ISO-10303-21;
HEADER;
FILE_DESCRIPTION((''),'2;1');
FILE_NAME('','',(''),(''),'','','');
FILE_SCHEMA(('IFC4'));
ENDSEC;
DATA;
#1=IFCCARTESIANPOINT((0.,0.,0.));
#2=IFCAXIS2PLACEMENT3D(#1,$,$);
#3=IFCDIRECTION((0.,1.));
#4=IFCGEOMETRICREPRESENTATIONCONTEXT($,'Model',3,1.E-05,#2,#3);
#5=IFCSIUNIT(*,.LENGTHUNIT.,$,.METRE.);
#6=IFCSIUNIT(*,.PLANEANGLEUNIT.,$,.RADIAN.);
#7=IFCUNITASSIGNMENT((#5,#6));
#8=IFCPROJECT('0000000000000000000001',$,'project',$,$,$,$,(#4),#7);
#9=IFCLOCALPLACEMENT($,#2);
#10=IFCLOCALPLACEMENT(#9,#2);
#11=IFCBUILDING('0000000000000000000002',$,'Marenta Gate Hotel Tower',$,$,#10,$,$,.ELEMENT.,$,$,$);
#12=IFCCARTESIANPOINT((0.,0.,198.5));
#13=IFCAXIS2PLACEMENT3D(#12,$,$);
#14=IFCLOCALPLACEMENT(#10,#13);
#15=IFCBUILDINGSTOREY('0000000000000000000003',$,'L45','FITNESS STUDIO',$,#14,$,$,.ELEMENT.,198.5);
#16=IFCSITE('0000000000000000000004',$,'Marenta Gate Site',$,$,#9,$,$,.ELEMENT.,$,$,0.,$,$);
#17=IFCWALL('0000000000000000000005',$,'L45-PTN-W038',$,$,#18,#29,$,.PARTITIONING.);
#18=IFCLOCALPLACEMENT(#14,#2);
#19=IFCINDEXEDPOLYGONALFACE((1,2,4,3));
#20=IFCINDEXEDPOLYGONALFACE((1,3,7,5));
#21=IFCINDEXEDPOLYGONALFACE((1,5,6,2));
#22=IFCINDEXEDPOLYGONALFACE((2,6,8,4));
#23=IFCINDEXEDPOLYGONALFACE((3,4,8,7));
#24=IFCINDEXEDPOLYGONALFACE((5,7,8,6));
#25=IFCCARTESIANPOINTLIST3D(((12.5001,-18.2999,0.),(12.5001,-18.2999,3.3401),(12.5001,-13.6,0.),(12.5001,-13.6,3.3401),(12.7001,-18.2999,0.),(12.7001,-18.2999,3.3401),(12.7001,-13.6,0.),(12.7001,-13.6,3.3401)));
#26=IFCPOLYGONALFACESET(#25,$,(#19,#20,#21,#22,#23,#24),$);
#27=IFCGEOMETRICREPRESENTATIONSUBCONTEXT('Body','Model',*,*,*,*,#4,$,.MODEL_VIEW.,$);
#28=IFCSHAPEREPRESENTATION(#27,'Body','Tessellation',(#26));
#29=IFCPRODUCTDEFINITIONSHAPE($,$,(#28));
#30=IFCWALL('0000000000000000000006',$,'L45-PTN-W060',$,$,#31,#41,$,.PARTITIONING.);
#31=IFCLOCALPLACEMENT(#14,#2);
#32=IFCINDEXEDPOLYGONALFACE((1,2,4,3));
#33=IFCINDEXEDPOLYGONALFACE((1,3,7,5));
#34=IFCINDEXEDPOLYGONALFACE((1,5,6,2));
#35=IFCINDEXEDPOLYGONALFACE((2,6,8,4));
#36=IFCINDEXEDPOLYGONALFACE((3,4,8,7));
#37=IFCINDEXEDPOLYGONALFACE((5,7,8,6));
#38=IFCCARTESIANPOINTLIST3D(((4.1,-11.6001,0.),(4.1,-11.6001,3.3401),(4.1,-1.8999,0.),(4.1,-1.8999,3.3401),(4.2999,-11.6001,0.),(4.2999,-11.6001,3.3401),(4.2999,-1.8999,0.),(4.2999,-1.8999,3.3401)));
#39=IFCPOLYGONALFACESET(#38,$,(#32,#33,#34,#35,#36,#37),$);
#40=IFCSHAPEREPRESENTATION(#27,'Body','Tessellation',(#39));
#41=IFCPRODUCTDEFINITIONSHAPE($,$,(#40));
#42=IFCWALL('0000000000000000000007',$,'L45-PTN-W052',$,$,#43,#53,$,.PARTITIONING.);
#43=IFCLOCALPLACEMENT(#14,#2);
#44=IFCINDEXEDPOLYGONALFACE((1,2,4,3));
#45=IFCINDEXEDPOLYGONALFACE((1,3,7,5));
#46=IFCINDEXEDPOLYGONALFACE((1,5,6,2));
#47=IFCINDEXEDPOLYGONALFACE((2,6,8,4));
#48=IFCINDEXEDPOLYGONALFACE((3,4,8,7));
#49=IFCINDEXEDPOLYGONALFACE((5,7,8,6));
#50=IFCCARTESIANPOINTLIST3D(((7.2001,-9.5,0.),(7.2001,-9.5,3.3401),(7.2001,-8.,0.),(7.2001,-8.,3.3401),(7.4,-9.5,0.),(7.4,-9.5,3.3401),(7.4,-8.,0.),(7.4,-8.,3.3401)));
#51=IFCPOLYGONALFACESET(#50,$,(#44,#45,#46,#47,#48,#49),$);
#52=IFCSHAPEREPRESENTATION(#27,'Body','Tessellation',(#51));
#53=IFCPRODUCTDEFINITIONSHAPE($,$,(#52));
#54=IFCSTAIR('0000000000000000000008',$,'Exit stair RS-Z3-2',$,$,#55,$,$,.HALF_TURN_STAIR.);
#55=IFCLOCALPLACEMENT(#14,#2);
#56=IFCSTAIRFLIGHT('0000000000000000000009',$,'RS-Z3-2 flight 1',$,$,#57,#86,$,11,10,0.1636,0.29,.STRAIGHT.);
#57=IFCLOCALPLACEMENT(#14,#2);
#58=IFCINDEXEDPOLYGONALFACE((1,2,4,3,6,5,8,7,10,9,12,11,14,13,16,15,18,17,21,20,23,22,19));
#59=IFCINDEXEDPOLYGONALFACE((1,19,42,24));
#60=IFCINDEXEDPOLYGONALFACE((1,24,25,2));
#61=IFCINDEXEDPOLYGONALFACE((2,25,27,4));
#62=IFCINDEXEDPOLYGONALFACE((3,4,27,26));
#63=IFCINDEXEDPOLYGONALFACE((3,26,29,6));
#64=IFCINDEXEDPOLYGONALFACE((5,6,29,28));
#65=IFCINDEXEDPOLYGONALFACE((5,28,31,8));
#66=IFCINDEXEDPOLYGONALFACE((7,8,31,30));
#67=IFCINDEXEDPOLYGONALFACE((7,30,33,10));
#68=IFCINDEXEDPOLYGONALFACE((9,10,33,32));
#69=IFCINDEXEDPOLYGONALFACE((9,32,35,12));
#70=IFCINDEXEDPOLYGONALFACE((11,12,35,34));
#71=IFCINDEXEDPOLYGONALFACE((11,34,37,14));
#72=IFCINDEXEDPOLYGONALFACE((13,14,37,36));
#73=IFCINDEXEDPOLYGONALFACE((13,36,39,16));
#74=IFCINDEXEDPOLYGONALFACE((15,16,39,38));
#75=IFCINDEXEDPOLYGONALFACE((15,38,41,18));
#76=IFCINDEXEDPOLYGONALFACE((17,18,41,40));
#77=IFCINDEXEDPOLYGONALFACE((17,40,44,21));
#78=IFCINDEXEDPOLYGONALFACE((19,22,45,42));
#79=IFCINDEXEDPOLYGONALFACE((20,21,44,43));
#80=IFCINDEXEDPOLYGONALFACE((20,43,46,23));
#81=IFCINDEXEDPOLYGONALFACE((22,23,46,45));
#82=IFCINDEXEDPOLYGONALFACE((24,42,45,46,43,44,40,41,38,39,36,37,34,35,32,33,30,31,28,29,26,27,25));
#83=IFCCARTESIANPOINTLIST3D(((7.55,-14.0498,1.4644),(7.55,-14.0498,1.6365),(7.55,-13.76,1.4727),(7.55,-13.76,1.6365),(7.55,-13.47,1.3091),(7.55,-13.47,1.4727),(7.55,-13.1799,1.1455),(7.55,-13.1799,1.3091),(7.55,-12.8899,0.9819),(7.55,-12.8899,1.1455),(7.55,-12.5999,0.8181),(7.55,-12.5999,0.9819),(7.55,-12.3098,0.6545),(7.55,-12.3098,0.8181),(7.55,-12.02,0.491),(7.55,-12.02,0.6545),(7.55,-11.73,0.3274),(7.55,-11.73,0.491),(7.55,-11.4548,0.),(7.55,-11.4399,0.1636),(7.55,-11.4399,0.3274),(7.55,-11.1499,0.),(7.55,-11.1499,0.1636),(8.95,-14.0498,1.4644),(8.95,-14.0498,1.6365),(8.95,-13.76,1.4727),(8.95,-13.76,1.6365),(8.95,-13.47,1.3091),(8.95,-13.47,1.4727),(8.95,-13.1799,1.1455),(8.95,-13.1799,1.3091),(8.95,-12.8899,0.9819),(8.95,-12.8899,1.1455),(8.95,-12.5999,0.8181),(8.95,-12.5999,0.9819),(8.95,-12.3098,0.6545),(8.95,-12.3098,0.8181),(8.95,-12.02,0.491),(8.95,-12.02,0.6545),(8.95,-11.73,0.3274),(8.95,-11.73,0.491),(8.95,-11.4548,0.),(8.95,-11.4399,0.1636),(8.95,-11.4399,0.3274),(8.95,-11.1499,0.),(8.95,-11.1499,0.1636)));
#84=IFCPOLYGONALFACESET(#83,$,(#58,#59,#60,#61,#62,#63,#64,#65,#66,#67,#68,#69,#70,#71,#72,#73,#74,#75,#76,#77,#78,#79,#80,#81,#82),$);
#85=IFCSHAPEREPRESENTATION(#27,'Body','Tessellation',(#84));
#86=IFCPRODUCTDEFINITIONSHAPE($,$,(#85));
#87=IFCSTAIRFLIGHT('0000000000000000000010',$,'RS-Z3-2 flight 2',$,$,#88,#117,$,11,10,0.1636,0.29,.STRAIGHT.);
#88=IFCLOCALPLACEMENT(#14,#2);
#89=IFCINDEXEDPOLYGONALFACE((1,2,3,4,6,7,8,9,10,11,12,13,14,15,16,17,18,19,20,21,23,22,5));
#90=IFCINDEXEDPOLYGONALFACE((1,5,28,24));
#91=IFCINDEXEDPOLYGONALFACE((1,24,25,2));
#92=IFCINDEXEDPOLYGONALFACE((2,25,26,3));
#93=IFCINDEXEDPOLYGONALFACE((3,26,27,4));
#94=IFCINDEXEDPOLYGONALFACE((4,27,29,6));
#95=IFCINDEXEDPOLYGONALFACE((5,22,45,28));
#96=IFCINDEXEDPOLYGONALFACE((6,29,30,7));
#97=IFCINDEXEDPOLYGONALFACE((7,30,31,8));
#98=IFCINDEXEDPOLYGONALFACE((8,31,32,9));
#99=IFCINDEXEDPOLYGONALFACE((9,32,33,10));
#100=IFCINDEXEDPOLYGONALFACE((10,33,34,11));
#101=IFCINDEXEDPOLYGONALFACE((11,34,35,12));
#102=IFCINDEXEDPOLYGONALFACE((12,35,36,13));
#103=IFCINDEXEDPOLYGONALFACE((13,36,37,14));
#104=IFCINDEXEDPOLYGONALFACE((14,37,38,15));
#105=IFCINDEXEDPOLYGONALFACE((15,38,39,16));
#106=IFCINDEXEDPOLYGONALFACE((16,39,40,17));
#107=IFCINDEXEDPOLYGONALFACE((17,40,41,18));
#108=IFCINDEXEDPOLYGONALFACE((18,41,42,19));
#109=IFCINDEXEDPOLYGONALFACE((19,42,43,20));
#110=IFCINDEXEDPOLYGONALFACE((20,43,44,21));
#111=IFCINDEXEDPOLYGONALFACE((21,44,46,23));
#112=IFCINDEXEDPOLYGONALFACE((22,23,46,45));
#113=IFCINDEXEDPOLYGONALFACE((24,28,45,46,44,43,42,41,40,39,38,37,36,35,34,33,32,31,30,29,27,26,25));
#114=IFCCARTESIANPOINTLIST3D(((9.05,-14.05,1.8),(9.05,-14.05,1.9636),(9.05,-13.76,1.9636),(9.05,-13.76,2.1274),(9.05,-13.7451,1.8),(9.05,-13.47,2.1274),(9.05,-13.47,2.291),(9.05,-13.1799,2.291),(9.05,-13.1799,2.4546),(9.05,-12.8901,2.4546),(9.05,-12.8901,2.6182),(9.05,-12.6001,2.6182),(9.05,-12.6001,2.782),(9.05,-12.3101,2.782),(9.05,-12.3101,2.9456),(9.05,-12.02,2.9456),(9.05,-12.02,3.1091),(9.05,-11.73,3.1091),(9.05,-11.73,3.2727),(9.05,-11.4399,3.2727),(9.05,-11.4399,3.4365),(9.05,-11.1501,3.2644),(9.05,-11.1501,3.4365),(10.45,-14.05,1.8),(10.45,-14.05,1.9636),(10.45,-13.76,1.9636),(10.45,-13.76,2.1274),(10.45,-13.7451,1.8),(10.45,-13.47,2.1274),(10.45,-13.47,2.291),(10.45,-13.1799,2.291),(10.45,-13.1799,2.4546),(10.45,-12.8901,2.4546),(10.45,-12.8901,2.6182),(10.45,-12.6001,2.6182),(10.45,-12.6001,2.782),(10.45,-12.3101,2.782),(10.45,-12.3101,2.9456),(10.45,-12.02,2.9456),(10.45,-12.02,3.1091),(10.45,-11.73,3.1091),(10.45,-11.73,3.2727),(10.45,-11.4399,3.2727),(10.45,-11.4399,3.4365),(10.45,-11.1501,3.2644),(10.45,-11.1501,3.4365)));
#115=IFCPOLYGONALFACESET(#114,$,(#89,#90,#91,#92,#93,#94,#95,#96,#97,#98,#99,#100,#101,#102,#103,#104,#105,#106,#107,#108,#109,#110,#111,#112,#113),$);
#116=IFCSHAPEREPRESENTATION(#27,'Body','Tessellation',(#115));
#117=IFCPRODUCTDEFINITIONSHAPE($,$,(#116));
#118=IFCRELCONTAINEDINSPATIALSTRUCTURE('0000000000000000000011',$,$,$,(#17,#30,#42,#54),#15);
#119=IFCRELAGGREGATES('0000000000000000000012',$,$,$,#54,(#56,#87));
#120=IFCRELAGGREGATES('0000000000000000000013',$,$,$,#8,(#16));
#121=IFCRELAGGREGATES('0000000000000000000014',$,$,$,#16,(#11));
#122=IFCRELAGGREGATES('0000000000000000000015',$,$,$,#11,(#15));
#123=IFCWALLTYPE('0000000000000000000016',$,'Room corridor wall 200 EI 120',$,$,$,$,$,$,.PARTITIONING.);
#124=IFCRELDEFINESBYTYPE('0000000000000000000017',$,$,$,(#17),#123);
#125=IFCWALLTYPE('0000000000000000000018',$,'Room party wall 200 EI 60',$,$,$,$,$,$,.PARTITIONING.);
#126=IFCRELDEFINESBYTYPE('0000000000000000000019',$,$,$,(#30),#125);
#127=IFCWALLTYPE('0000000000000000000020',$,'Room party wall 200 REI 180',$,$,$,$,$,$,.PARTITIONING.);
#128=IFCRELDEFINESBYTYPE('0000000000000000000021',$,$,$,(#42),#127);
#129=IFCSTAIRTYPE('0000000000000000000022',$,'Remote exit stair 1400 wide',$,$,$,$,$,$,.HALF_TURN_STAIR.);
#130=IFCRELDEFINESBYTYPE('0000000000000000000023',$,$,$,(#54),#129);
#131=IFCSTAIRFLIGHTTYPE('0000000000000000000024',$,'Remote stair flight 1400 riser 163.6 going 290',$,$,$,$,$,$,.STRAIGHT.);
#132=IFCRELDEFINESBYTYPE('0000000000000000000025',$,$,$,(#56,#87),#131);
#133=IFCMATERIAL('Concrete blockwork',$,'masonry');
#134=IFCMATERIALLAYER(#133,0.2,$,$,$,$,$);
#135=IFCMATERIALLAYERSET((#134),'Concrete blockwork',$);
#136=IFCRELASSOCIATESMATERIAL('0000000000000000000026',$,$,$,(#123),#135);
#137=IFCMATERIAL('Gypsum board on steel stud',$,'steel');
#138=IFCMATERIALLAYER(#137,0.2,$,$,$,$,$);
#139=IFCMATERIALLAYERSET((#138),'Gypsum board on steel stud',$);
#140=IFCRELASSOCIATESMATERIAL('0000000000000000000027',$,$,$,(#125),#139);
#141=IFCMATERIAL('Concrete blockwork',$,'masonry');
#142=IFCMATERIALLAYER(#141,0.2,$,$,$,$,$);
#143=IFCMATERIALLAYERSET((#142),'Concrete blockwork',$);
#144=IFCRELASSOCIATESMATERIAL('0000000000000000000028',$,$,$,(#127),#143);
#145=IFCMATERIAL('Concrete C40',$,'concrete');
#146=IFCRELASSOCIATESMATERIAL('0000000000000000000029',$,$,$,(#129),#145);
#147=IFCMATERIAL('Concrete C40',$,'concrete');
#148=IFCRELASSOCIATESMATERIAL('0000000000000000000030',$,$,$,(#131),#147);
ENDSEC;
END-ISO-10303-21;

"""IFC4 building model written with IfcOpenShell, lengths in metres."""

from ifc_helpers import new_model, si_unit, direction, frame, frame_2d, origin, place, context, subcontext, project, spatial, polyline, rectangle, outline, extrude, material, layer, layer_set, type_object, element, aggregate, save


model = new_model("IFC4")

# Units and contexts
model_context = context("Model", 3, precision=1e-05, world=origin(), true_north=direction((0.0, 1.0)))
body_context = subcontext(model_context, "Body", "Model", "MODEL_VIEW")
ifc_project = project(units=[si_unit("LENGTHUNIT", "METRE"), si_unit("PLANEANGLEUNIT", "RADIAN")], contexts=[model_context])

# Site, building, storey
site_placement = place(None, origin())
site = spatial("IfcSite", under=ifc_project, at=site_placement, Name="Marenta Gate Site", CompositionType="ELEMENT", RefElevation=0.0)
building_placement = place(site_placement, origin())
building = spatial("IfcBuilding", under=site, at=building_placement, Name="Marenta Gate Hotel Tower", CompositionType="ELEMENT")
storey_placement = place(building_placement, frame((0.0, 0.0, 198.5)))
storey = spatial("IfcBuildingStorey", under=building, at=storey_placement, Name="L45", Description="FITNESS STUDIO", CompositionType="ELEMENT", Elevation=198.5)

# Shared definitions
ifc_material_1 = material(Name="Concrete blockwork", Category="masonry")
ifc_layer_1 = layer(ifc_material_1, 0.2)
ifc_layer_set_1 = layer_set([ifc_layer_1], Name="Concrete blockwork")
wall_type_1 = type_object("IfcWallType", Name="Room corridor wall 200 EI 120", PredefinedType="PARTITIONING", material=ifc_layer_set_1)

# Wall
wall_1_placement = place(storey_placement, frame((12.6001, -18.3, 0.0), z_axis=(0.0, 0.0, 1.0), x_axis=(0.0, 1.0, 0.0)))
element("IfcWall", 1, at=wall_1_placement, inside=storey, type_object=wall_type_1, Name="L45-PTN-W038", PredefinedType="PARTITIONING", context=body_context, shape_type="SweptSolid", body=[
    extrude(rectangle(XDim=4.7, YDim=0.2, at=frame_2d((2.3501, 0.0))), origin(), (0.0, 0.0, 1.0), 3.3401),
])

# Walls
ifc_material_2 = material(Name="Gypsum board on steel stud", Category="steel")
ifc_layer_2 = layer(ifc_material_2, 0.2)
ifc_layer_set_2 = layer_set([ifc_layer_2], Name="Gypsum board on steel stud")
wall_type_2 = type_object("IfcWallType", Name="Room party wall 200 EI 60", PredefinedType="PARTITIONING", material=ifc_layer_set_2)
wall_2_placement = place(storey_placement, frame((4.2, -11.6001, 0.0), z_axis=(0.0, 0.0, 1.0), x_axis=(0.0, 1.0, 0.0)))
element("IfcWall", 2, at=wall_2_placement, inside=storey, type_object=wall_type_2, Name="L45-PTN-W060", PredefinedType="PARTITIONING", context=body_context, shape_type="SweptSolid", body=[
    extrude(rectangle(XDim=9.7002, YDim=0.2, at=frame_2d((4.8501, 0.0))), origin(), (0.0, 0.0, 1.0), 3.3401),
])
ifc_material_3 = material(Name="Concrete blockwork", Category="masonry")
ifc_layer_3 = layer(ifc_material_3, 0.2)
ifc_layer_set_3 = layer_set([ifc_layer_3], Name="Concrete blockwork")
wall_type_3 = type_object("IfcWallType", Name="Room party wall 200 REI 180", PredefinedType="PARTITIONING", material=ifc_layer_set_3)
wall_3_placement = place(storey_placement, frame((7.3, -9.5, 0.0), z_axis=(0.0, 0.0, 1.0), x_axis=(0.0, 1.0, 0.0)))
element("IfcWall", 3, at=wall_3_placement, inside=storey, type_object=wall_type_3, Name="L45-PTN-W052", PredefinedType="PARTITIONING", context=body_context, shape_type="SweptSolid", body=[
    extrude(rectangle(XDim=1.5, YDim=0.2, at=frame_2d((0.75, 0.0))), origin(), (0.0, 0.0, 1.0), 3.3401),
])

# Stair, stair flights
ifc_material_4 = material(Name="Concrete C40", Category="concrete")
stair_type = type_object("IfcStairType", Name="Remote exit stair 1400 wide", PredefinedType="HALF_TURN_STAIR", material=ifc_material_4)
stair_placement = place(storey_placement, origin())
stair = element("IfcStair", 4, at=stair_placement, inside=storey, type_object=stair_type, Name="Exit stair RS-Z3-2", PredefinedType="HALF_TURN_STAIR")
ifc_material_5 = material(Name="Concrete C40", Category="concrete")
stair_flight_type = type_object("IfcStairFlightType", Name="Remote stair flight 1400 riser 163.6 going 290", PredefinedType="STRAIGHT", material=ifc_material_5)
stair_flight_1_placement = place(storey_placement, frame((8.25, -11.1499, 0.0), z_axis=(0.0, 0.0, 1.0), x_axis=(0.0, -1.0, 0.0)))
stair_flight_1 = element("IfcStairFlight", 5, at=stair_flight_1_placement, type_object=stair_flight_type, Name="RS-Z3-2 flight 1", NumberOfRisers=11, NumberOfTreads=10, PredefinedType="STRAIGHT", RiserHeight=0.1636, TreadLength=0.29, context=body_context, shape_type="SweptSolid", body=[
    extrude(outline(polyline([(0.0, 0.0), (0.0, 0.1636), (0.29, 0.1636), (0.29, 0.3274), (0.5801, 0.3274), (0.5801, 0.491), (0.8701, 0.491), (0.8701, 0.6545), (1.1599, 0.6545), (1.1599, 0.8181), (1.45, 0.8181), (1.45, 0.9819), (1.74, 0.9819), (1.74, 1.1455), (2.03, 1.1455), (2.03, 1.3091), (2.3201, 1.3091), (2.3201, 1.4727), (2.6101, 1.4727), (2.6101, 1.6365), (2.8999, 1.6365), (2.8999, 1.8), (2.8999, 1.4644), (0.3049, 0.0), (0.0, 0.0)])), frame((0.0, 0.7, 0.0), z_axis=(0.0, -1.0, 0.0), x_axis=(1.0, 0.0, 0.0)), (0.0, 0.0, 1.0), 1.3999),
])
stair_flight_2_placement = place(storey_placement, frame((9.75, -14.05, 1.8), z_axis=(0.0, 0.0, 1.0), x_axis=(0.0, 1.0, 0.0)))
stair_flight_2 = element("IfcStairFlight", 6, at=stair_flight_2_placement, type_object=stair_flight_type, Name="RS-Z3-2 flight 2", NumberOfRisers=11, NumberOfTreads=10, PredefinedType="STRAIGHT", RiserHeight=0.1636, TreadLength=0.29, context=body_context, shape_type="SweptSolid", body=[
    extrude(outline(polyline([(0.0, 0.0), (0.0, 0.1636), (0.29, 0.1636), (0.29, 0.3274), (0.5801, 0.3274), (0.5801, 0.491), (0.8701, 0.491), (0.8701, 0.6545), (1.1599, 0.6545), (1.1599, 0.8181), (1.45, 0.8181), (1.45, 0.9819), (1.74, 0.9819), (1.74, 1.1455), (2.03, 1.1455), (2.03, 1.3091), (2.3201, 1.3091), (2.3201, 1.4727), (2.6101, 1.4727), (2.6101, 1.6365), (2.8999, 1.6365), (2.8999, 1.8), (2.8999, 1.4644), (0.3049, 0.0), (0.0, 0.0)])), frame((0.0, 0.7, 0.0), z_axis=(0.0, -1.0, 0.0), x_axis=(1.0, 0.0, 0.0)), (0.0, 0.0, 1.0), 1.3999),
])
aggregate(stair, [stair_flight_1, stair_flight_2])

save(model, "model.ifc")
